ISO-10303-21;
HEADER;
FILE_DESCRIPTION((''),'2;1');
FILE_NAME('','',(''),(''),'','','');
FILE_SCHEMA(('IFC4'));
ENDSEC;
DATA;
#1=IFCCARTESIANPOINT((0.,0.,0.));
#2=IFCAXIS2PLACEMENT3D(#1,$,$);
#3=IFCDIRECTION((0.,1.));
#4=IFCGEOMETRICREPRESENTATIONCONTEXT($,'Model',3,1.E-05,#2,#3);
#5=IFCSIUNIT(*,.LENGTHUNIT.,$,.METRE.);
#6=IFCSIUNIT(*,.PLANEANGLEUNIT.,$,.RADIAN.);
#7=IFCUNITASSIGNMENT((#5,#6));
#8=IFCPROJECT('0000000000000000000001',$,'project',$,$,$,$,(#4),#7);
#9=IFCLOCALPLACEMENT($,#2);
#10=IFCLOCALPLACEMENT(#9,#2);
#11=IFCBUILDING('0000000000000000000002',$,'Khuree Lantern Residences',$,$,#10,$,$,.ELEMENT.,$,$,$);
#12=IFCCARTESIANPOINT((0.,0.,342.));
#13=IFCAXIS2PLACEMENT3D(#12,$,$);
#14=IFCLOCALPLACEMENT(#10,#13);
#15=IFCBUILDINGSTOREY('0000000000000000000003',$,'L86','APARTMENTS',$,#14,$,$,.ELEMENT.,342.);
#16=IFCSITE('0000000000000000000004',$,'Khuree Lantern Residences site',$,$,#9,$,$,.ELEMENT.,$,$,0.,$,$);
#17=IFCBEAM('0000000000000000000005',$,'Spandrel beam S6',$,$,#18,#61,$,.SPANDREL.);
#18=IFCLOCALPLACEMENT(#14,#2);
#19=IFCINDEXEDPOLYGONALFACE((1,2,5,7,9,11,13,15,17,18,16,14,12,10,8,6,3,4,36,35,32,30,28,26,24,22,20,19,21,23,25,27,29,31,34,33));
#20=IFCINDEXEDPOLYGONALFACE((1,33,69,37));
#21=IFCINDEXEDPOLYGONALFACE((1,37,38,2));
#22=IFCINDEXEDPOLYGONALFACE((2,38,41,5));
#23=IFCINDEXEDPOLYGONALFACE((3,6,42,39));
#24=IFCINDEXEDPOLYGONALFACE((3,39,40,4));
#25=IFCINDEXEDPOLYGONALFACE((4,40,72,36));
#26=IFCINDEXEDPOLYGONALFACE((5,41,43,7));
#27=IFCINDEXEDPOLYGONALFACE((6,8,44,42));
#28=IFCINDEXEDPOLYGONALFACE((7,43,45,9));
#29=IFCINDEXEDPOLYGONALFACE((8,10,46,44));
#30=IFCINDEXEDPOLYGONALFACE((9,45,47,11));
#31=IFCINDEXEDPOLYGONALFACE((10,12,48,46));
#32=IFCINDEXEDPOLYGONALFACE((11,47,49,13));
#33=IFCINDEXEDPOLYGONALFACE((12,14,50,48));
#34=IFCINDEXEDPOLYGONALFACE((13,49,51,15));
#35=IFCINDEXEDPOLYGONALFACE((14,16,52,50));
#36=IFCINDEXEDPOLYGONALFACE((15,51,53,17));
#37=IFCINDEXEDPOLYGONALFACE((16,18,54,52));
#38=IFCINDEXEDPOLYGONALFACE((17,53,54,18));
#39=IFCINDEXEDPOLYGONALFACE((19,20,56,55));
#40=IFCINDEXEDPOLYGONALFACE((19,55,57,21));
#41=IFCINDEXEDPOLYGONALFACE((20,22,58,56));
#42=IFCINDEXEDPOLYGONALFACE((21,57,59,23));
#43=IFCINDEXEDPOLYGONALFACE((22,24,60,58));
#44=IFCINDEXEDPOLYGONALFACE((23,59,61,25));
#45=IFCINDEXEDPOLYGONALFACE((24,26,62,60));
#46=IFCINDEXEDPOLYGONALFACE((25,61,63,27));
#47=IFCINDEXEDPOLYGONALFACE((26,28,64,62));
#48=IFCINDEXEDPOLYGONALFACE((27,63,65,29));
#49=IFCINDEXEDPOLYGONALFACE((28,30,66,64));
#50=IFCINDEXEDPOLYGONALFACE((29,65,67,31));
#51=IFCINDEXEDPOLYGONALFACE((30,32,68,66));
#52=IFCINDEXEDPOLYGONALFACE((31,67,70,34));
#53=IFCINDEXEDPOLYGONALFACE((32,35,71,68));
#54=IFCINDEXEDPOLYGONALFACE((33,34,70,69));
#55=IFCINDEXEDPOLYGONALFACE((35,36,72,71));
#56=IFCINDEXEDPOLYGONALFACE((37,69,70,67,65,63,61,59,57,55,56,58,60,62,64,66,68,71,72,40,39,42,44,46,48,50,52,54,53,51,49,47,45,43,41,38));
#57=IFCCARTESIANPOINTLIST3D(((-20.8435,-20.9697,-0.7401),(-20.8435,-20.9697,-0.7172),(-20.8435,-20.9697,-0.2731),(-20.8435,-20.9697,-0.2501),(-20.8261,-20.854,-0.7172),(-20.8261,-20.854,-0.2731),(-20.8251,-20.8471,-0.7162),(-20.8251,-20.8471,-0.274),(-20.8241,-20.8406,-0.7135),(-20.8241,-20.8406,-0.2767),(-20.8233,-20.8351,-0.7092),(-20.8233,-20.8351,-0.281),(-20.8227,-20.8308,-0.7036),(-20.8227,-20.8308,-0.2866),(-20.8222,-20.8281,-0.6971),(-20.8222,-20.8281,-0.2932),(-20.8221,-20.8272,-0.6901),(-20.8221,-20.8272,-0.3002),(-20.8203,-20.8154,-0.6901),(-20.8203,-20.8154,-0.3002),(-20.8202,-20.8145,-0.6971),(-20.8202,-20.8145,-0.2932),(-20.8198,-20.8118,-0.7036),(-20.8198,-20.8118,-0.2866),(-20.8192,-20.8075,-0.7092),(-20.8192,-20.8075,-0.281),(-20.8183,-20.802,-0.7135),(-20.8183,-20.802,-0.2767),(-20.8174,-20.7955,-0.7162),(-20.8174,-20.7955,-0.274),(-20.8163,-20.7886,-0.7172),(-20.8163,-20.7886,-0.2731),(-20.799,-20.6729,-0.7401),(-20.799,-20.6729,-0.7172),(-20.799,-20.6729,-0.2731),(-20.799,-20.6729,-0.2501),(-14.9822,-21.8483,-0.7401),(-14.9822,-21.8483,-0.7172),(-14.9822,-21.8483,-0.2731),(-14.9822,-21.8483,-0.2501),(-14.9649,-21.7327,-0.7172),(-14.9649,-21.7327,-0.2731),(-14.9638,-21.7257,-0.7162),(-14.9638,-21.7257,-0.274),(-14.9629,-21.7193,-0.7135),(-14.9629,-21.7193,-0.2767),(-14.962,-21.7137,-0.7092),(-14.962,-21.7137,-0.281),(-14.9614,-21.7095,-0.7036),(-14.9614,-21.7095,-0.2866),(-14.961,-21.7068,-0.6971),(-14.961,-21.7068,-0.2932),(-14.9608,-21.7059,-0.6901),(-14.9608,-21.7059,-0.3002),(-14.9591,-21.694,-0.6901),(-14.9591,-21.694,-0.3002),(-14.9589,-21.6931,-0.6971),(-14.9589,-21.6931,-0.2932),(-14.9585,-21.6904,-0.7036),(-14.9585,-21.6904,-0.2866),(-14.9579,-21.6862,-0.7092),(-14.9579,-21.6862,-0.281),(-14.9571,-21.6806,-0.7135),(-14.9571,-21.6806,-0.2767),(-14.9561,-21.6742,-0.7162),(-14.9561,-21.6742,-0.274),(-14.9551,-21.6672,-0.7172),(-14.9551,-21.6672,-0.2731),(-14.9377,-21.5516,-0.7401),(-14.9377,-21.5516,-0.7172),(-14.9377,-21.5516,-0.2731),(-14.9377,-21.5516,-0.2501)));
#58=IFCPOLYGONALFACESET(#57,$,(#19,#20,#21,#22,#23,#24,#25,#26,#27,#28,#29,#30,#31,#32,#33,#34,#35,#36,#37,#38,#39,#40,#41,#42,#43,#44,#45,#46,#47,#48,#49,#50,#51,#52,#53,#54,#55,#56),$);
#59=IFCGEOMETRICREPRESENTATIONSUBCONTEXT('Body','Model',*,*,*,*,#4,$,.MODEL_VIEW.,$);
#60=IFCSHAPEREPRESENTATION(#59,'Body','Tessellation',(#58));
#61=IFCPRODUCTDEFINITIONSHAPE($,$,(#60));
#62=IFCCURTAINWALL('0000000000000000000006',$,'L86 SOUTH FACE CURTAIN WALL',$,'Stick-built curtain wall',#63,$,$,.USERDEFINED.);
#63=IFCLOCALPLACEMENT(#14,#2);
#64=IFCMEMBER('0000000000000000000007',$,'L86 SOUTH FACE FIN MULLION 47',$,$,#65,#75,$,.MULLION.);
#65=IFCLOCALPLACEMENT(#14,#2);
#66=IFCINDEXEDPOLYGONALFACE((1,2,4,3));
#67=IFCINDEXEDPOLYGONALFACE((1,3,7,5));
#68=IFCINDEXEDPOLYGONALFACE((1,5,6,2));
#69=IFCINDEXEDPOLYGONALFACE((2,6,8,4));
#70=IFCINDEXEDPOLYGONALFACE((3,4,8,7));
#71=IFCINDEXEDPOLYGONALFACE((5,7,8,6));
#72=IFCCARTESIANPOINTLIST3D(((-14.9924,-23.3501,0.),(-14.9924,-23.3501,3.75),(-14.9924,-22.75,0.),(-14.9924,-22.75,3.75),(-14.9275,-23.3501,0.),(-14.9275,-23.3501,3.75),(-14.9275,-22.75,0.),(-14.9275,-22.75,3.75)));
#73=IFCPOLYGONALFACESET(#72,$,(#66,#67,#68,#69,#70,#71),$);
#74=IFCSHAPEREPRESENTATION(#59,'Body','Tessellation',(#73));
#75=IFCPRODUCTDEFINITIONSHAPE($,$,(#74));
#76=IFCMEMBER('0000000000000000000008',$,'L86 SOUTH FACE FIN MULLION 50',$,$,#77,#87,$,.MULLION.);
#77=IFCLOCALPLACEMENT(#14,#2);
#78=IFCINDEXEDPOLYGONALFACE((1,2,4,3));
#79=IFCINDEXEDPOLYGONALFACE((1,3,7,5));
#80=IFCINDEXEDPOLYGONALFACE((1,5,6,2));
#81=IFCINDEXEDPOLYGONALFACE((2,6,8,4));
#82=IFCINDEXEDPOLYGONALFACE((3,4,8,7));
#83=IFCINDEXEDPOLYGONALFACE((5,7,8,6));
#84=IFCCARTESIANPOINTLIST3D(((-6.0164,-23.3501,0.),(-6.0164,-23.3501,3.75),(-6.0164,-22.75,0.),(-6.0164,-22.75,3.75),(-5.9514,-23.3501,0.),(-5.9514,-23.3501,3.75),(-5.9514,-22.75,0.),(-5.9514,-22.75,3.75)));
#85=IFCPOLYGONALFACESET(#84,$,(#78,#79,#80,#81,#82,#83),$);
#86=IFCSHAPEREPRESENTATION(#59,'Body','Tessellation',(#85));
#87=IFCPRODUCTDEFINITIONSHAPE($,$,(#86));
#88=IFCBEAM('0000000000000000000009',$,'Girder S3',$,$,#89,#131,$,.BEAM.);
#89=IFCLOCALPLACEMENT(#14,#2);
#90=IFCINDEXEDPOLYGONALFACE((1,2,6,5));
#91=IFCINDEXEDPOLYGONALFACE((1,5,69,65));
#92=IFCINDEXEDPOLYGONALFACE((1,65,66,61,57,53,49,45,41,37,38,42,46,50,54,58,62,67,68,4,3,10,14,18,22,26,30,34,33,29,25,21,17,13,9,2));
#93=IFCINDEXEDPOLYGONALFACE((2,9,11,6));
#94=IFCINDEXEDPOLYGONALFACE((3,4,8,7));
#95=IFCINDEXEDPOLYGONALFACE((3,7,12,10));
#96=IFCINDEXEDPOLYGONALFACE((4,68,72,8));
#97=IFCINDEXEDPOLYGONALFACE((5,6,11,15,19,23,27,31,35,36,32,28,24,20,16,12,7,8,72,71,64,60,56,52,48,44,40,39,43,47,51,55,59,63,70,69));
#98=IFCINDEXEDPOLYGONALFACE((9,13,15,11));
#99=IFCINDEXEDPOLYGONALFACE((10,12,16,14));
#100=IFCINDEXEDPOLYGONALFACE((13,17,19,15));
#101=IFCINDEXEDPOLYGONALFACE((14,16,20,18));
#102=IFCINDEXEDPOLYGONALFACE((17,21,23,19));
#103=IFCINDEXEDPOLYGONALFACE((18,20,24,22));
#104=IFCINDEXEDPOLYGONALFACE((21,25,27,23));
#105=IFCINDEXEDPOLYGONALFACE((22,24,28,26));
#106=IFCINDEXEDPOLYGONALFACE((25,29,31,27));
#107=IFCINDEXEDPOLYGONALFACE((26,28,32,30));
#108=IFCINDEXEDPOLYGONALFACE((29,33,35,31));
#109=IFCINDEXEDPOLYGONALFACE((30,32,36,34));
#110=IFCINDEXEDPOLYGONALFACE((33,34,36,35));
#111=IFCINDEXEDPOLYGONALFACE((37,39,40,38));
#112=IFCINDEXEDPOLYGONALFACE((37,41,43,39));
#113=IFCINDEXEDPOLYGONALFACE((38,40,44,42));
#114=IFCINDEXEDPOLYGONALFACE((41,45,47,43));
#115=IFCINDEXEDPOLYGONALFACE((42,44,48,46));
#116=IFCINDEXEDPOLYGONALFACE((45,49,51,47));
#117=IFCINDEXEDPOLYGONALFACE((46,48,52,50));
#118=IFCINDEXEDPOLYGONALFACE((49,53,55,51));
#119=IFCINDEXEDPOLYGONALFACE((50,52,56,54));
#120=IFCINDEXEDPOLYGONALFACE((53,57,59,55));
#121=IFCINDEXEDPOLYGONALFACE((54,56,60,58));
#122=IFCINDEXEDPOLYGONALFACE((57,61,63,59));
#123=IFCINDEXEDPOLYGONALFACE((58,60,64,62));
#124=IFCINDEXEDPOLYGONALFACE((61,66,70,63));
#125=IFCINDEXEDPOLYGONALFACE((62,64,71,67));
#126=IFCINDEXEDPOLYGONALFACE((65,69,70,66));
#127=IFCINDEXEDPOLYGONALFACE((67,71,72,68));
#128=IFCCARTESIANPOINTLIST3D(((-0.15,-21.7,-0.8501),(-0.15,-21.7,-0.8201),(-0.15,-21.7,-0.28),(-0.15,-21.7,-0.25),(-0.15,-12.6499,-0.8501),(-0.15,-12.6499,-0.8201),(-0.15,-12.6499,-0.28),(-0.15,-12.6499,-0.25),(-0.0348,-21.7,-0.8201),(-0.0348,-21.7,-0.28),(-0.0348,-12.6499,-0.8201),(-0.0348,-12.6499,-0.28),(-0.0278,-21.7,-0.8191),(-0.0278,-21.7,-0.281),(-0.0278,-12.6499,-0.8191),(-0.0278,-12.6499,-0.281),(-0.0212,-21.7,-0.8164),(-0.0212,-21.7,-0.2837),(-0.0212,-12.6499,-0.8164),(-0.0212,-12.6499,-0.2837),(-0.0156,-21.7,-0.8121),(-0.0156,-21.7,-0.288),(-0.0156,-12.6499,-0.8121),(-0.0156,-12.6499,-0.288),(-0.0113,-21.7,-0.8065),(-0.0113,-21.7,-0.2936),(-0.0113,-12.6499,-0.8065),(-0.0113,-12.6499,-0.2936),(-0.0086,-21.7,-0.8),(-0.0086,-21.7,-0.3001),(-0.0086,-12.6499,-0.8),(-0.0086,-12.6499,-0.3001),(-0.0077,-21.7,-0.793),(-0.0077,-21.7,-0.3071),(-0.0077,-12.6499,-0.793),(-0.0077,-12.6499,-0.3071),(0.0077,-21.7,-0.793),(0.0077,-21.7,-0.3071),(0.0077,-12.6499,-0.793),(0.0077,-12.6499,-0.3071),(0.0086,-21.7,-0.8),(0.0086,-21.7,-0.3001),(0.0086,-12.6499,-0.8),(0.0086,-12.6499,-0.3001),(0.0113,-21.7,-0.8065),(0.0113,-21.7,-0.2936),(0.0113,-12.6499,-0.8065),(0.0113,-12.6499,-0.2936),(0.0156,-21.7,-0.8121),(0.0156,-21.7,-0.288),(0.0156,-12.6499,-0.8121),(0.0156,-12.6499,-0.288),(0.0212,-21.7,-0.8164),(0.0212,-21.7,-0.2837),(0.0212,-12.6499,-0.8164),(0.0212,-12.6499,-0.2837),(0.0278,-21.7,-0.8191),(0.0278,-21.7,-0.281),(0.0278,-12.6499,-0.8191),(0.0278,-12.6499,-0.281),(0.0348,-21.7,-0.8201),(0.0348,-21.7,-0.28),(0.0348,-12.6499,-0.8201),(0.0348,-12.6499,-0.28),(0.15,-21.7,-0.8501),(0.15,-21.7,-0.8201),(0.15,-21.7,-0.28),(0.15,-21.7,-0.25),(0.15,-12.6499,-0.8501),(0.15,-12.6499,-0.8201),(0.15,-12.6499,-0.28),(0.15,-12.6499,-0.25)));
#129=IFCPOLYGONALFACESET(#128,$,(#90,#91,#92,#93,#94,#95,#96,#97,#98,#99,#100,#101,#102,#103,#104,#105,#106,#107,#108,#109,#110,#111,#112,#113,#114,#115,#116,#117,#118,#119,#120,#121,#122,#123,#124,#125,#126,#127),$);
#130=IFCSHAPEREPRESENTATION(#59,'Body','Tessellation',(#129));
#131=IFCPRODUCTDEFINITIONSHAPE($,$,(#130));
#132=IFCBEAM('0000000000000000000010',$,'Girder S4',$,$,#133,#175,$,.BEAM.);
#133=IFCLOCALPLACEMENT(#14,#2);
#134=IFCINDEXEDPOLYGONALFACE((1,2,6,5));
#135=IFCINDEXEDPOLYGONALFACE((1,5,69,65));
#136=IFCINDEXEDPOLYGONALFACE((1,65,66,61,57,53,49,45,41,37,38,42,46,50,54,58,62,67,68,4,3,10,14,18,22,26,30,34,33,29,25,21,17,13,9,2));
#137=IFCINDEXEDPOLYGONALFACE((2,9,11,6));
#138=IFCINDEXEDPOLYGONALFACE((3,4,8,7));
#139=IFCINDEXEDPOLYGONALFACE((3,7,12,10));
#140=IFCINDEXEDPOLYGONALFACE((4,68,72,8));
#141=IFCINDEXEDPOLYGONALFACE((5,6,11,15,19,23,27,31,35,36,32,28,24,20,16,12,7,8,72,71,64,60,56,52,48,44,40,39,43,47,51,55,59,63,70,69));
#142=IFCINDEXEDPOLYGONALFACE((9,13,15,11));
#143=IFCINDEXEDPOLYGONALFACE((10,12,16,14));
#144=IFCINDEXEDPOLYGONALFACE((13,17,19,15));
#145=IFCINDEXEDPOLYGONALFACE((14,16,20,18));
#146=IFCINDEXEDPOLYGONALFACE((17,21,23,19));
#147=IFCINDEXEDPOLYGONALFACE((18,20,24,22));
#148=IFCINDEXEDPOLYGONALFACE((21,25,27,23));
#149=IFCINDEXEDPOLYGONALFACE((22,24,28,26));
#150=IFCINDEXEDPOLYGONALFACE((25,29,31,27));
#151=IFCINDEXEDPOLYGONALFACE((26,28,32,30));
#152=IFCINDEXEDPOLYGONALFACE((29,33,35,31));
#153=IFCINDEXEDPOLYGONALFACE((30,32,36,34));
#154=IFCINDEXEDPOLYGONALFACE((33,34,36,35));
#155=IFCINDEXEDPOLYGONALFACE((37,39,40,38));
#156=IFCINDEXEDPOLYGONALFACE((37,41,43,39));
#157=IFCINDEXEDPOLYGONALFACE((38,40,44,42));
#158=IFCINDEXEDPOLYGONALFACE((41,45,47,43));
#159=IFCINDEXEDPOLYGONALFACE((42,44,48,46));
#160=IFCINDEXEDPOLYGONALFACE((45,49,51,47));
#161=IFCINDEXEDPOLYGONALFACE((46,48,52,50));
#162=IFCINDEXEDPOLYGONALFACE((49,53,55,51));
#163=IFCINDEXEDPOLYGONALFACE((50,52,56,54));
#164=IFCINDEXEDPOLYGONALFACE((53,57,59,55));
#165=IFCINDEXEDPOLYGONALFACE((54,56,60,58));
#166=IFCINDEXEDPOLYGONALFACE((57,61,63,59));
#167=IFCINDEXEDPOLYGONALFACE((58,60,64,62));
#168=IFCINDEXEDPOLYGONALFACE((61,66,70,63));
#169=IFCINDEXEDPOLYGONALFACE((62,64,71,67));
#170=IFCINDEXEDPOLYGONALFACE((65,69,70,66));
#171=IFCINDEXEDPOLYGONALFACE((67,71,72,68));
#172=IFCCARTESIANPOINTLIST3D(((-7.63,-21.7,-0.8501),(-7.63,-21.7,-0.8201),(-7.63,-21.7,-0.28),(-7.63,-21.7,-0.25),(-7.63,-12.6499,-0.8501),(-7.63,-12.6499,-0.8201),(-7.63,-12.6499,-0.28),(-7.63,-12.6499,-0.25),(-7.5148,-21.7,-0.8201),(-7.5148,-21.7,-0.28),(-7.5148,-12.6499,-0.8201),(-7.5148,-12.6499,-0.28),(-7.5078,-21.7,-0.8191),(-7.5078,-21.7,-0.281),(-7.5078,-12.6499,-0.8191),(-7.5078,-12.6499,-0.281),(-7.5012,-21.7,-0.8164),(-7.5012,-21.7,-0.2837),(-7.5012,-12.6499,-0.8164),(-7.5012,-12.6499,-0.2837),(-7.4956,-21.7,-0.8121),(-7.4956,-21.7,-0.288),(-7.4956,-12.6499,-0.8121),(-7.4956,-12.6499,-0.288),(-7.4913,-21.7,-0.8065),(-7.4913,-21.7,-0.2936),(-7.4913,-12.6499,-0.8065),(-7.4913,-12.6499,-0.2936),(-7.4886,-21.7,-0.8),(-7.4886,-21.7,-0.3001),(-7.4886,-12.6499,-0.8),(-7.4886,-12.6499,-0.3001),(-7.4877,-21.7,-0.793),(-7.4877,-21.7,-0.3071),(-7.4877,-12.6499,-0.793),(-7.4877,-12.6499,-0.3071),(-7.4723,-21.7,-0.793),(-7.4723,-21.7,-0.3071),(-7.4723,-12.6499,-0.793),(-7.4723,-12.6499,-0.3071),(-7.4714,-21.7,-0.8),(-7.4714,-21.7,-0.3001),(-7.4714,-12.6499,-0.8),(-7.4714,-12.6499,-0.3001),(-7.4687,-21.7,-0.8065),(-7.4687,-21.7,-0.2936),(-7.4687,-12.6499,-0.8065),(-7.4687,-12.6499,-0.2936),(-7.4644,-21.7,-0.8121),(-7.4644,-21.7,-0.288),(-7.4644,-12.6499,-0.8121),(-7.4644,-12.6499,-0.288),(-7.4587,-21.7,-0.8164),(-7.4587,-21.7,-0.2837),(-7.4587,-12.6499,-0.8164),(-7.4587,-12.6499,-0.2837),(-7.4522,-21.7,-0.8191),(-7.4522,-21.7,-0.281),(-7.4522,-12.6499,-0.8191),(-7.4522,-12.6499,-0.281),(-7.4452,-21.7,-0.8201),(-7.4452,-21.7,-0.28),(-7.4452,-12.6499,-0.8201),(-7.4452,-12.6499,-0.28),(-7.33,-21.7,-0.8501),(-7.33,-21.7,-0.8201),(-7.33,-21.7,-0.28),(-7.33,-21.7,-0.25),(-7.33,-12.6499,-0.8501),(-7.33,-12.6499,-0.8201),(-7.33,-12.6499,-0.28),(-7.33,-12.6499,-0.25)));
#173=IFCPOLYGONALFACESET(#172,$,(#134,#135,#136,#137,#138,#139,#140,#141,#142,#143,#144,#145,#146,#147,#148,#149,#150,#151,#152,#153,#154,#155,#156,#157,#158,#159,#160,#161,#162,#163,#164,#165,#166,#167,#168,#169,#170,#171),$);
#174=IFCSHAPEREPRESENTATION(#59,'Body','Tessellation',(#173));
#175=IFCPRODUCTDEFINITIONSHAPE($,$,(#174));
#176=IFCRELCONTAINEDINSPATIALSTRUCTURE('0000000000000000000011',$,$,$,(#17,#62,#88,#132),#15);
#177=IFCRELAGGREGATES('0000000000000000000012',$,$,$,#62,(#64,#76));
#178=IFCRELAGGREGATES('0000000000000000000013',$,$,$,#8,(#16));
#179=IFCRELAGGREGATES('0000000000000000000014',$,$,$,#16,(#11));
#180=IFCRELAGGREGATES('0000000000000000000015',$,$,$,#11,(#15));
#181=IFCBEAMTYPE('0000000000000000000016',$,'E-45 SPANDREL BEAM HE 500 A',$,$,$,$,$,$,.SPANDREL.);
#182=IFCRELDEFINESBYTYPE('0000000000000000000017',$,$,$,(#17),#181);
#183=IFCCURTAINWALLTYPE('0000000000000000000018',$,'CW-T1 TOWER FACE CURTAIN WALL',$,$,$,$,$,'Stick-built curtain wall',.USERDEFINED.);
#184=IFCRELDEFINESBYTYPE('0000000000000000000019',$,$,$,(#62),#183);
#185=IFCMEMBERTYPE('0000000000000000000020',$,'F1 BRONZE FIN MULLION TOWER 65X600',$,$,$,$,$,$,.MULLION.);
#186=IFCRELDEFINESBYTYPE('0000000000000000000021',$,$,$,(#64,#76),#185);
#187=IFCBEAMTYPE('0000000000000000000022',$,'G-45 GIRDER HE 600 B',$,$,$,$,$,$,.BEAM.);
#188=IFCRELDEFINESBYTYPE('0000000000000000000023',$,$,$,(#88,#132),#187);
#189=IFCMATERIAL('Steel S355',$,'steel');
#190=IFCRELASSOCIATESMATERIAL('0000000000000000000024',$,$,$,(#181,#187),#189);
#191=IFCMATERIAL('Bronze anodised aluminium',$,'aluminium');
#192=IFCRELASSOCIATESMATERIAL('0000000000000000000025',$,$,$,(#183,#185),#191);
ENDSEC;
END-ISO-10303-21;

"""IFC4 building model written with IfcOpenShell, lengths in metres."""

from ifc_helpers import new_model, si_unit, direction, frame, origin, origin_2d, place, context, subcontext, project, spatial, rectangle, i_section, extrude, material, material_profile, profile_set, type_object, element, aggregate, save


model = new_model("IFC4")

# Units and contexts
model_context = context("Model", 3, precision=1e-05, world=origin(), true_north=direction((0.0, 1.0)))
body_context = subcontext(model_context, "Body", "Model", "MODEL_VIEW")
ifc_project = project(units=[si_unit("LENGTHUNIT", "METRE"), si_unit("PLANEANGLEUNIT", "RADIAN")], contexts=[model_context])

# Site, building, storey
site_placement = place(None, origin())
site = spatial("IfcSite", under=ifc_project, at=site_placement, Name="Khuree Lantern Residences site", CompositionType="ELEMENT", RefElevation=0.0)
building_placement = place(site_placement, origin())
building = spatial("IfcBuilding", under=site, at=building_placement, Name="Khuree Lantern Residences", CompositionType="ELEMENT")
storey_placement = place(building_placement, frame((0.0, 0.0, 342.0)))
storey = spatial("IfcBuildingStorey", under=building, at=storey_placement, Name="L86", Description="APARTMENTS", CompositionType="ELEMENT", Elevation=342.0)

# Beam
ifc_material_1 = material(Name="Steel S355", Category="steel")
ifc_material_profile_1 = material_profile(ifc_material_1, i_section(OverallWidth=0.3, OverallDepth=0.49, WebThickness=0.012, FlangeThickness=0.0229, FilletRadius=0.0271, at=origin_2d()), Name="HE 500 A")
ifc_profile_set_1 = profile_set([ifc_material_profile_1], Name="Steel S355")
beam_type_1 = type_object("IfcBeamType", Name="E-45 SPANDREL BEAM HE 500 A", PredefinedType="SPANDREL", material=ifc_profile_set_1)
beam_1_placement = place(storey_placement, frame((-14.96, -21.7, -0.4951), z_axis=(-0.98895, 0.148252, 0.0), x_axis=(-0.148252, -0.98895, 0.0)))
element("IfcBeam", 1, at=beam_1_placement, inside=storey, type_object=beam_type_1, Name="Spandrel beam S6", PredefinedType="SPANDREL", context=body_context, shape_type="SweptSolid", body=[
    extrude(i_section(OverallWidth=0.3, OverallDepth=0.49, WebThickness=0.012, FlangeThickness=0.0229, FilletRadius=0.0271, at=origin_2d()), origin(), (0.0, 0.0, 1.0), 5.9268),
])

# Curtain wall, members
ifc_material_2 = material(Name="Bronze anodised aluminium", Category="aluminium")
curtain_wall_type = type_object("IfcCurtainWallType", Name="CW-T1 TOWER FACE CURTAIN WALL", ElementType="Stick-built curtain wall", PredefinedType="USERDEFINED", material=ifc_material_2)
curtain_wall_placement = place(storey_placement, origin())
curtain_wall = element("IfcCurtainWall", 2, at=curtain_wall_placement, inside=storey, type_object=curtain_wall_type, Name="L86 SOUTH FACE CURTAIN WALL", ObjectType="Stick-built curtain wall", PredefinedType="USERDEFINED")
ifc_material_profile_2 = material_profile(ifc_material_2, rectangle(XDim=0.0649, YDim=0.6001, at=origin_2d()), Name="F1 65X600")
ifc_profile_set_2 = profile_set([ifc_material_profile_2], Name="Bronze anodised aluminium")
member_type_1 = type_object("IfcMemberType", Name="F1 BRONZE FIN MULLION TOWER 65X600", PredefinedType="MULLION", material=ifc_profile_set_2)
member_1_placement = place(storey_placement, frame((-14.96, -23.05, 0.0), z_axis=(0.0, 0.0, 1.0), x_axis=(1.0, 0.0, 0.0)))
member_1 = element("IfcMember", 3, at=member_1_placement, type_object=member_type_1, Name="L86 SOUTH FACE FIN MULLION 47", PredefinedType="MULLION", context=body_context, shape_type="SweptSolid", body=[
    extrude(rectangle(XDim=0.0649, YDim=0.6001, at=origin_2d()), origin(), (0.0, 0.0, 1.0), 3.75),
])
member_2_placement = place(storey_placement, frame((-5.9839, -23.05, 0.0), z_axis=(0.0, 0.0, 1.0), x_axis=(1.0, 0.0, 0.0)))
member_2 = element("IfcMember", 4, at=member_2_placement, type_object=member_type_1, Name="L86 SOUTH FACE FIN MULLION 50", PredefinedType="MULLION", context=body_context, shape_type="SweptSolid", body=[
    extrude(rectangle(XDim=0.0649, YDim=0.6001, at=origin_2d()), origin(), (0.0, 0.0, 1.0), 3.75),
])

# Beams
ifc_material_profile_3 = material_profile(ifc_material_1, i_section(OverallWidth=0.3, OverallDepth=0.6001, WebThickness=0.0154, FlangeThickness=0.03, FilletRadius=0.0271, at=origin_2d()), Name="HE 600 B")
ifc_profile_set_3 = profile_set([ifc_material_profile_3], Name="Steel S355")
beam_type_2 = type_object("IfcBeamType", Name="G-45 GIRDER HE 600 B", PredefinedType="BEAM", material=ifc_profile_set_3)
for number, where, z_axis, x_axis, name in (
    (5, (0.0, -21.7, -0.55), (0.0, 1.0, 0.0), (-1.0, 0.0, 0.0), "Girder S3"),
    (6, (-7.48, -21.7, -0.55), (0.0, 1.0, 0.0), (-1.0, 0.0, 0.0), "Girder S4"),
):
    element("IfcBeam", number, at=place(storey_placement, frame(where, z_axis=z_axis, x_axis=x_axis)), inside=storey, type_object=beam_type_2, Name=name, PredefinedType="BEAM", context=body_context, shape_type="SweptSolid", body=[
        extrude(i_section(OverallWidth=0.3, OverallDepth=0.6001, WebThickness=0.0154, FlangeThickness=0.03, FilletRadius=0.0271, at=origin_2d()), origin(), (0.0, 0.0, 1.0), 9.05),
    ])

aggregate(curtain_wall, [member_1, member_2])

save(model, "model.ifc")
